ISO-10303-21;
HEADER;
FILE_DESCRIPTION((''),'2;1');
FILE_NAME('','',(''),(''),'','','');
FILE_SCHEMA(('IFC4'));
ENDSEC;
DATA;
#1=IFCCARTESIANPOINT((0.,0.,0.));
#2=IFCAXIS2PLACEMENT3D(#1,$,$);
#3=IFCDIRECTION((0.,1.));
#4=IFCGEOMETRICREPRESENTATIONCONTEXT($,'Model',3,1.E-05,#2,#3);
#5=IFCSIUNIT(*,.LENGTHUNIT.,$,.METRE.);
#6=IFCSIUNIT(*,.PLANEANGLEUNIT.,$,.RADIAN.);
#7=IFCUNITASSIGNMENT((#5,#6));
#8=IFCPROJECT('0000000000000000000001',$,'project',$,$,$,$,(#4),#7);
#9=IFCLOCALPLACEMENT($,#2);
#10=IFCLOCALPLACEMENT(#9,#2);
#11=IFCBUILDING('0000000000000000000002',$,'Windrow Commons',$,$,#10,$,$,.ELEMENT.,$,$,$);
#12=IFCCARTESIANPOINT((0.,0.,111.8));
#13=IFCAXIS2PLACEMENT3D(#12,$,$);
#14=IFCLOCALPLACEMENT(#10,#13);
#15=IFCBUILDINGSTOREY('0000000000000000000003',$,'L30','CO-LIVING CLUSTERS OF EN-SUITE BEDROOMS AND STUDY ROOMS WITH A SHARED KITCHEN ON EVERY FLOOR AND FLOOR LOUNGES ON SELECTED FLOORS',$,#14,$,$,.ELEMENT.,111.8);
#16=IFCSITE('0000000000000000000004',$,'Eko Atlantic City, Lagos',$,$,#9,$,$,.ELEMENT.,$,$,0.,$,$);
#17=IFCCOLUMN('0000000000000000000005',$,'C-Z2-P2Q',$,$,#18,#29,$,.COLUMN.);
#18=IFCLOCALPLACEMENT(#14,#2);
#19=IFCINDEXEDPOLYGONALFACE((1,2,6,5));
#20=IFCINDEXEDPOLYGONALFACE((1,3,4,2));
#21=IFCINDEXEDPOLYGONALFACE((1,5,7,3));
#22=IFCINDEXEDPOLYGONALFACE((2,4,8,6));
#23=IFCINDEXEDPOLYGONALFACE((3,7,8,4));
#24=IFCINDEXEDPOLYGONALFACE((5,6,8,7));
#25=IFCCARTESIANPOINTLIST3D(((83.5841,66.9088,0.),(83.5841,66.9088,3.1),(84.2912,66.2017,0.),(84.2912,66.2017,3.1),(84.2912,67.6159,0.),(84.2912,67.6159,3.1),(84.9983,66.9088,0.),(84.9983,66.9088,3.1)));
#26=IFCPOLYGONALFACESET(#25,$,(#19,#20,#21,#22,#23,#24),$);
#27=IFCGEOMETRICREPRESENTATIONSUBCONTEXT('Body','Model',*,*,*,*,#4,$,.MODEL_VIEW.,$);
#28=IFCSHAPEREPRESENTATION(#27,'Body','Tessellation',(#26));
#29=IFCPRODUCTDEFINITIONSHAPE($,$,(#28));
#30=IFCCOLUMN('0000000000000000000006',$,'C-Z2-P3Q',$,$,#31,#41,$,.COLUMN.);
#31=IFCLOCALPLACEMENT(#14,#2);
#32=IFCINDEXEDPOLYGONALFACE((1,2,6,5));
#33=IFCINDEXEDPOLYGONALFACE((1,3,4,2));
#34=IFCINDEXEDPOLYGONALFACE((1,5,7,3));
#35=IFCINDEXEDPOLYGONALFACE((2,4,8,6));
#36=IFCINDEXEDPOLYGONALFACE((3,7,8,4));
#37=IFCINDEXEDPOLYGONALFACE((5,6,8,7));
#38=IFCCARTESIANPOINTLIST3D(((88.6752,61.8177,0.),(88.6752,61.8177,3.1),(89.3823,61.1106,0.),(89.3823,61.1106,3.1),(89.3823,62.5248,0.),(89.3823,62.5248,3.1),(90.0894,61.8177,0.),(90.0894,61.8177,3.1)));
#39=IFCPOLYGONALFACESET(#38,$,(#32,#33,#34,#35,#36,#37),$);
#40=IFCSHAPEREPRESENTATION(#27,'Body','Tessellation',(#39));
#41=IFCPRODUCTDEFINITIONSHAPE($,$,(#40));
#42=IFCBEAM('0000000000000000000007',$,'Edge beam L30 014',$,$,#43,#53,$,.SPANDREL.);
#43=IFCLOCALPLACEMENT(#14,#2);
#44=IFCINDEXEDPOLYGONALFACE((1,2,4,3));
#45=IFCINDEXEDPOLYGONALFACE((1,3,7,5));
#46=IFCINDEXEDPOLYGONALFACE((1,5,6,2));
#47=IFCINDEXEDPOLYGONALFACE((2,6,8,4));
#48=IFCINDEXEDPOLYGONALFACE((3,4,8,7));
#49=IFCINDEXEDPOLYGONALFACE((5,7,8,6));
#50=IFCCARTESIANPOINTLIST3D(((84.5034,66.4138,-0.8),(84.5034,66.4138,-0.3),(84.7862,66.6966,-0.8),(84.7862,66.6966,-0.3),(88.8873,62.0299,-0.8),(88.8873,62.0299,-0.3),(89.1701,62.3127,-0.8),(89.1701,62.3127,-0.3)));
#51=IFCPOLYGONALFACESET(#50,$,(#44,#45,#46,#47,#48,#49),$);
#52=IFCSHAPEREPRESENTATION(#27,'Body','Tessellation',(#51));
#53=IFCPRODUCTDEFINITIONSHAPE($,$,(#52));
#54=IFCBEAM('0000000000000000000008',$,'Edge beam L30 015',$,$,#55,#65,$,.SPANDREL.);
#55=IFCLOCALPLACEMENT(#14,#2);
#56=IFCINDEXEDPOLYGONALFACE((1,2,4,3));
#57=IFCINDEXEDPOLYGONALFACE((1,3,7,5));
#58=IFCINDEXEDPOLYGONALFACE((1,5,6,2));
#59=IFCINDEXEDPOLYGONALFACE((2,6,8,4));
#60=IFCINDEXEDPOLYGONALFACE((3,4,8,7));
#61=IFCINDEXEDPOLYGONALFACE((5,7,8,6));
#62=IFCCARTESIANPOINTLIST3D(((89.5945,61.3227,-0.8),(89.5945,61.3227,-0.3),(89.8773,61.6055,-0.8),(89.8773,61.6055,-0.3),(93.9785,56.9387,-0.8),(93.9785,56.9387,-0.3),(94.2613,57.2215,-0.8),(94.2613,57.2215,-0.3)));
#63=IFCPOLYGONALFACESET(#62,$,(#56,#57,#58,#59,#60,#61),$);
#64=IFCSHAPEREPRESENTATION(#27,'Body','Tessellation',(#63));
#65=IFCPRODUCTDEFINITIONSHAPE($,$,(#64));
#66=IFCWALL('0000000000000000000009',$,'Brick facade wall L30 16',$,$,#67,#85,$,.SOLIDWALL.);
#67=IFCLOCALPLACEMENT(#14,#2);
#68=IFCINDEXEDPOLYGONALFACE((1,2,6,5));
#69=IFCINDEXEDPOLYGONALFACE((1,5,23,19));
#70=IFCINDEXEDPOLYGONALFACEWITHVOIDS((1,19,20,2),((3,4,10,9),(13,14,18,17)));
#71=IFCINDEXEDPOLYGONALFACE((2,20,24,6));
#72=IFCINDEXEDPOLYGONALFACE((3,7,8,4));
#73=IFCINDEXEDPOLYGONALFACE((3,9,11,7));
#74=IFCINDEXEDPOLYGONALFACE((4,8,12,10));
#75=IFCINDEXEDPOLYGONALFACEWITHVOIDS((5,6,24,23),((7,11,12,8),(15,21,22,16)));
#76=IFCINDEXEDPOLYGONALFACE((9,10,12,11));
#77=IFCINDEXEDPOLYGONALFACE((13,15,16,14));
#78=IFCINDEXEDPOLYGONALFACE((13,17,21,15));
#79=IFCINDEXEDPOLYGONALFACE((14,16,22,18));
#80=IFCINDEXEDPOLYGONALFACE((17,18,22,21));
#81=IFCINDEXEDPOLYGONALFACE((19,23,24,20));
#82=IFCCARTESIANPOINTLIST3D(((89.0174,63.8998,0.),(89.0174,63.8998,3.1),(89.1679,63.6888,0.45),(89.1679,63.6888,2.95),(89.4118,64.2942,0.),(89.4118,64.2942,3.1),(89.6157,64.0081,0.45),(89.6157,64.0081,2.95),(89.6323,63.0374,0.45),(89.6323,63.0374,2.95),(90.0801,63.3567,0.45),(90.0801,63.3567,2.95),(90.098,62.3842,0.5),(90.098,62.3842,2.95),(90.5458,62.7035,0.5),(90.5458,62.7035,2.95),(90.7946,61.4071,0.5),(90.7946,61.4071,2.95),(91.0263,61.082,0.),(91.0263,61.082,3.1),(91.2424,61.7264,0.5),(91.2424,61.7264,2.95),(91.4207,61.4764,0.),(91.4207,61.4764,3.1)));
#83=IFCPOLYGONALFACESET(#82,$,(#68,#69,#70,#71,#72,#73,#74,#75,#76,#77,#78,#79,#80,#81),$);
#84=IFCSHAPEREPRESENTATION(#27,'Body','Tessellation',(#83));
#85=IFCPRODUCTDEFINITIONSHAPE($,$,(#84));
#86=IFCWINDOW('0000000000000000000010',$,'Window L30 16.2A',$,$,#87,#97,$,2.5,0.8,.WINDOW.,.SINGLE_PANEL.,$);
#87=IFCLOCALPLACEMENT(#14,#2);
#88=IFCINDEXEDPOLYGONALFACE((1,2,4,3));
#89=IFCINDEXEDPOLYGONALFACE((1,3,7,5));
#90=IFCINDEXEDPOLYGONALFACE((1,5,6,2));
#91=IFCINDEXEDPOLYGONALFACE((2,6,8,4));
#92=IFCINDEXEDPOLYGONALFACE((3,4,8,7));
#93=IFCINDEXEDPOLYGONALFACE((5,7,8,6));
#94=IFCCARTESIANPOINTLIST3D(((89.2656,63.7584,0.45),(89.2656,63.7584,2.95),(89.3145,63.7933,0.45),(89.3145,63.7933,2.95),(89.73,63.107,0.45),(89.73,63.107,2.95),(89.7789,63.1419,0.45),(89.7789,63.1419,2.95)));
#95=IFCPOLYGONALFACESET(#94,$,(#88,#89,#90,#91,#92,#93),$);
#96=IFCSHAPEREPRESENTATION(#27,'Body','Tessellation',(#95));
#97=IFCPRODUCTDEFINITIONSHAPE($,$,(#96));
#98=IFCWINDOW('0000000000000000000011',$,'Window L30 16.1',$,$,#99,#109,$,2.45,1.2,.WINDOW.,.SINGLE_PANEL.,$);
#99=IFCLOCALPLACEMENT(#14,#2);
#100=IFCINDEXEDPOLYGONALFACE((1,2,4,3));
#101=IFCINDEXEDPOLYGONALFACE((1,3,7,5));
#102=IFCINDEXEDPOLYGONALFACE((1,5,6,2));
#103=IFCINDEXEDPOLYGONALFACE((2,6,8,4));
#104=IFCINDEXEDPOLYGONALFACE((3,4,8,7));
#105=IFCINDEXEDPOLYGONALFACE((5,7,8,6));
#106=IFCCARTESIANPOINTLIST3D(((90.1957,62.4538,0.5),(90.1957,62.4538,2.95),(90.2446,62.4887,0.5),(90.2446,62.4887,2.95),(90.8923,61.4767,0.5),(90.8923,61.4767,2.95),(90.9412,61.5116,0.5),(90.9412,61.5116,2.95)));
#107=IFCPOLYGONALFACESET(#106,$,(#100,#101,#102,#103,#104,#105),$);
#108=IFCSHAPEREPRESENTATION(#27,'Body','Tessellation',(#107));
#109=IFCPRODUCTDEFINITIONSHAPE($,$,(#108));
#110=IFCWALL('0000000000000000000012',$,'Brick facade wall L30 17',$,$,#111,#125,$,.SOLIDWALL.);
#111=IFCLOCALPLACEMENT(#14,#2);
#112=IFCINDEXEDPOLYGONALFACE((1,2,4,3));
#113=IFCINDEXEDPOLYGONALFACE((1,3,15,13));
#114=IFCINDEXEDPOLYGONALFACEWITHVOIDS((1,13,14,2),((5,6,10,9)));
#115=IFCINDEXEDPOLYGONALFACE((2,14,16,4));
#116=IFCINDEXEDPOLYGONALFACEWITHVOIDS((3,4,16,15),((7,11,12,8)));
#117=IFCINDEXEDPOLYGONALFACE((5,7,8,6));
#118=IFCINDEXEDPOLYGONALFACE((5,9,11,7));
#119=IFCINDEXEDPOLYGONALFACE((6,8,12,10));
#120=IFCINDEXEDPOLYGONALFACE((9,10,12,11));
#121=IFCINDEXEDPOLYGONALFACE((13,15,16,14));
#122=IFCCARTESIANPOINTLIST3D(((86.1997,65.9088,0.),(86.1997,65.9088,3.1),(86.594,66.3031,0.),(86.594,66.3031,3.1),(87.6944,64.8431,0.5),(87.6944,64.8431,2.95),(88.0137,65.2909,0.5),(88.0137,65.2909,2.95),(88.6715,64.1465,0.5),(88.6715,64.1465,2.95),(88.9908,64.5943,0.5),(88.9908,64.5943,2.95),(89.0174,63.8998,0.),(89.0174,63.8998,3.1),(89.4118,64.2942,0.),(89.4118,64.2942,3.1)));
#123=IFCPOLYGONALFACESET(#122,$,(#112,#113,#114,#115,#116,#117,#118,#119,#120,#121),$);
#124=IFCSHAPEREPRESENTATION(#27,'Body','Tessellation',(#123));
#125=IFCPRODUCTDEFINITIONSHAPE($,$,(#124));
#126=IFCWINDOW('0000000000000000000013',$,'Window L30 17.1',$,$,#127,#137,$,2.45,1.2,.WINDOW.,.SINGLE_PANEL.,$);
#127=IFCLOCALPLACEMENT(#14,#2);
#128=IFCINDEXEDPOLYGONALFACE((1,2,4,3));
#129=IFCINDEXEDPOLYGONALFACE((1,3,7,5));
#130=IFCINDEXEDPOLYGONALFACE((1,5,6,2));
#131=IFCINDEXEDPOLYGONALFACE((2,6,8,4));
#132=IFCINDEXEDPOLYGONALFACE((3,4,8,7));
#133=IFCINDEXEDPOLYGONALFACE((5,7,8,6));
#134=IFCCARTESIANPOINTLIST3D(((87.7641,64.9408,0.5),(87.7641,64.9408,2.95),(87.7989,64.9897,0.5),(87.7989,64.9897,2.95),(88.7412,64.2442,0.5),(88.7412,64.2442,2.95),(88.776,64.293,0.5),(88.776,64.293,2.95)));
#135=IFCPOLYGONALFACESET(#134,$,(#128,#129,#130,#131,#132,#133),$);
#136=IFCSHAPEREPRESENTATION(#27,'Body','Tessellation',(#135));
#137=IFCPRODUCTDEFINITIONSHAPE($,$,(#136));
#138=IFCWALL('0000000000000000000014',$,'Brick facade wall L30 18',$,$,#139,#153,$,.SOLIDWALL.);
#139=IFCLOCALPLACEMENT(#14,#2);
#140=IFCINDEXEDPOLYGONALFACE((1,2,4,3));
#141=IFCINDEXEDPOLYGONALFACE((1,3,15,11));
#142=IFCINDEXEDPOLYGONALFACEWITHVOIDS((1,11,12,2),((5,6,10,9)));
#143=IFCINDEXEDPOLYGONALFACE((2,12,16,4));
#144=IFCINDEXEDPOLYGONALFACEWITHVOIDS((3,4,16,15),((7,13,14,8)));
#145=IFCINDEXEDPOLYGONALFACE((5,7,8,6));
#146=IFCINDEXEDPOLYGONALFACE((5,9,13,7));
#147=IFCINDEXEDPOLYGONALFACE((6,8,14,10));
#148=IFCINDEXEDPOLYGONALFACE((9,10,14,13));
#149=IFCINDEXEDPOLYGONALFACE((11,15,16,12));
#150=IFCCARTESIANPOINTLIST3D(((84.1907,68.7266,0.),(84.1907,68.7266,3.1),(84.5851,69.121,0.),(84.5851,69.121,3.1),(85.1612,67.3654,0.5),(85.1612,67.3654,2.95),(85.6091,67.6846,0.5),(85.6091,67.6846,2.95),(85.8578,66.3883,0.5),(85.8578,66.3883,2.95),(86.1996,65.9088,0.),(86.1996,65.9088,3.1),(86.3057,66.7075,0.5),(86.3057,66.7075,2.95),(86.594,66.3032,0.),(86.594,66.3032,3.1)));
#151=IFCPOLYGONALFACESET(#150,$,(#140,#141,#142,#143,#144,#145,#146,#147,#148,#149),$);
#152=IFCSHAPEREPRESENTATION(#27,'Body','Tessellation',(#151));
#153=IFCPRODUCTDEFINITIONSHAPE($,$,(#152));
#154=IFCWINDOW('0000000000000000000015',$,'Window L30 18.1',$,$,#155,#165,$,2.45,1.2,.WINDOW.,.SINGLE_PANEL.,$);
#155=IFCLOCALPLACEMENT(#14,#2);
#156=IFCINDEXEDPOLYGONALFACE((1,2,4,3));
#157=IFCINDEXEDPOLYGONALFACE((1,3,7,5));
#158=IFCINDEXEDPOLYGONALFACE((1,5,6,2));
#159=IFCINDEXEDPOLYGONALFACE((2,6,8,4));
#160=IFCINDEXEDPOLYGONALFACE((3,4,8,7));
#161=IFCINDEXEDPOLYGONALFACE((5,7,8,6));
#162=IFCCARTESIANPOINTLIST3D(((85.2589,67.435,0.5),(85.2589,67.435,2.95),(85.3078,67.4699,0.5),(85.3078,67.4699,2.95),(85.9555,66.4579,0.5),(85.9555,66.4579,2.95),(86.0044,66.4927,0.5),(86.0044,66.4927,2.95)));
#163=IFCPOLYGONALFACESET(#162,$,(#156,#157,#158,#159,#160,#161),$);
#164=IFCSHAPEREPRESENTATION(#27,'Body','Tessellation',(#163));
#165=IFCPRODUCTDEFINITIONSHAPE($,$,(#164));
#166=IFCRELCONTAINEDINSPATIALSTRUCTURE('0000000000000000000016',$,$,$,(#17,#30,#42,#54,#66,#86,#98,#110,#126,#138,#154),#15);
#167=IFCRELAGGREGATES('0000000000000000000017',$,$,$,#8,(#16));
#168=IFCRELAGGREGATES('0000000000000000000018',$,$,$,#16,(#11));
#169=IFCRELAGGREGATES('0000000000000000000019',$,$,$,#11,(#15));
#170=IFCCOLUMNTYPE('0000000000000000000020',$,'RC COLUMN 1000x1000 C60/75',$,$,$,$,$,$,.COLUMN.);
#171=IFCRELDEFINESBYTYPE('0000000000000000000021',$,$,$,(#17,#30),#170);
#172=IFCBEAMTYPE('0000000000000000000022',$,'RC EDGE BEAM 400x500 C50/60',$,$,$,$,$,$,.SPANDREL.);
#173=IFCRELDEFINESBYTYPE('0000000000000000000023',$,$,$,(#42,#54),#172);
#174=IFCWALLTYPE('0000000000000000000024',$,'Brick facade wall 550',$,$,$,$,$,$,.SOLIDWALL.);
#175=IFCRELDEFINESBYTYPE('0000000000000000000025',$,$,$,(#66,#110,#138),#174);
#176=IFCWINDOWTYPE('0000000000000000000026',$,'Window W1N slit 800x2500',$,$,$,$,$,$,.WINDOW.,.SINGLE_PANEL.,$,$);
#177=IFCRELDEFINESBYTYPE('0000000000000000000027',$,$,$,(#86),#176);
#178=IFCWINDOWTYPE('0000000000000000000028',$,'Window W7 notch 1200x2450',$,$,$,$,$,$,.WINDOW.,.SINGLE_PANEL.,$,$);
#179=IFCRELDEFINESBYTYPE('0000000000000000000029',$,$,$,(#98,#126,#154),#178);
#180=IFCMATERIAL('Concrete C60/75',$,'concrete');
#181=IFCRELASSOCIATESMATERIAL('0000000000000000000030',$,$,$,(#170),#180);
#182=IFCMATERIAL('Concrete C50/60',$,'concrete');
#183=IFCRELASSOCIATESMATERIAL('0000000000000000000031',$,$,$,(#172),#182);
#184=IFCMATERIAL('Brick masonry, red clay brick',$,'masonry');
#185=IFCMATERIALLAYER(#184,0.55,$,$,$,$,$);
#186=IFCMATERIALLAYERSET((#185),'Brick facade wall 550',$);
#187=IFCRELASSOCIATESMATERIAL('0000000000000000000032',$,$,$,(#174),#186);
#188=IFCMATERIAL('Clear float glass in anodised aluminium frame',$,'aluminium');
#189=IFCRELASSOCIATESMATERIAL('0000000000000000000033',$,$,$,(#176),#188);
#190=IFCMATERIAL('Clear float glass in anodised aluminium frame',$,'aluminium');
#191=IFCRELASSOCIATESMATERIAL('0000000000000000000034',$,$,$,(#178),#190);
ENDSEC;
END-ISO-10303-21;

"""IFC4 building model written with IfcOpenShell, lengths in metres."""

from ifc_helpers import new_model, si_unit, direction, frame, frame_2d, origin, origin_2d, place, context, subcontext, project, spatial, polyline, rectangle, outline, extrude, material, layer, layer_set, material_profile, profile_set, type_object, element, fill, save


model = new_model("IFC4")

# Units and contexts
model_context = context("Model", 3, precision=1e-05, world=origin(), true_north=direction((0.0, 1.0)))
body_context = subcontext(model_context, "Body", "Model", "MODEL_VIEW")
ifc_project = project(units=[si_unit("LENGTHUNIT", "METRE"), si_unit("PLANEANGLEUNIT", "RADIAN")], contexts=[model_context])

# Site, building, storey
site_placement = place(None, origin())
site = spatial("IfcSite", under=ifc_project, at=site_placement, Name="Eko Atlantic City, Lagos", CompositionType="ELEMENT", RefElevation=0.0)
building_placement = place(site_placement, origin())
building = spatial("IfcBuilding", under=site, at=building_placement, Name="Windrow Commons", CompositionType="ELEMENT")
storey_placement = place(building_placement, frame((0.0, 0.0, 111.8)))
storey = spatial("IfcBuildingStorey", under=building, at=storey_placement, Name="L30", Description="CO-LIVING CLUSTERS OF EN-SUITE BEDROOMS AND STUDY ROOMS WITH A SHARED KITCHEN ON EVERY FLOOR AND FLOOR LOUNGES ON SELECTED FLOORS", CompositionType="ELEMENT", Elevation=111.8)

# Columns
ifc_material_1 = material(Name="Concrete C60/75", Category="concrete")
ifc_material_profile_1 = material_profile(ifc_material_1, rectangle(XDim=1.0, YDim=1.0, at=origin_2d()))
ifc_profile_set_1 = profile_set([ifc_material_profile_1], Name="Concrete C60/75")
column_type = type_object("IfcColumnType", Name="RC COLUMN 1000x1000 C60/75", PredefinedType="COLUMN", material=ifc_profile_set_1)
for number, where, z_axis, x_axis, name in (
    (1, (84.2912, 66.9088, 0.0), (0.0, 0.0, 1.0), (0.707107, -0.707107, 0.0), "C-Z2-P2Q"),
    (2, (89.3823, 61.8177, 0.0), (0.0, 0.0, 1.0), (0.707107, -0.707107, 0.0), "C-Z2-P3Q"),
):
    element("IfcColumn", number, at=place(storey_placement, frame(where, z_axis=z_axis, x_axis=x_axis)), inside=storey, type_object=column_type, Name=name, PredefinedType="COLUMN", context=body_context, shape_type="SweptSolid", body=[
        extrude(rectangle(XDim=1.0, YDim=1.0, at=origin_2d()), origin(), (0.0, 0.0, 1.0), 3.1),
    ])

# Beams
ifc_material_2 = material(Name="Concrete C50/60", Category="concrete")
ifc_material_profile_2 = material_profile(ifc_material_2, rectangle(XDim=0.4, YDim=0.5, at=origin_2d()))
ifc_profile_set_2 = profile_set([ifc_material_profile_2], Name="Concrete C50/60")
beam_type = type_object("IfcBeamType", Name="RC EDGE BEAM 400x500 C50/60", PredefinedType="SPANDREL", material=ifc_profile_set_2)
beam_1_placement = place(storey_placement, frame((84.6448, 66.5552, -0.55), z_axis=(0.707107, -0.707107, 0.0), x_axis=(0.707107, 0.707107, 0.0)))
element("IfcBeam", 3, at=beam_1_placement, inside=storey, type_object=beam_type, Name="Edge beam L30 014", PredefinedType="SPANDREL", context=body_context, shape_type="SweptSolid", body=[
    extrude(rectangle(XDim=0.4, YDim=0.5, at=origin_2d()), origin(), (0.0, 0.0, 1.0), 6.1998),
])
beam_2_placement = place(storey_placement, frame((89.7359, 61.4641, -0.55), z_axis=(0.707107, -0.707107, 0.0), x_axis=(0.707107, 0.707107, 0.0)))
element("IfcBeam", 4, at=beam_2_placement, inside=storey, type_object=beam_type, Name="Edge beam L30 015", PredefinedType="SPANDREL", context=body_context, shape_type="SweptSolid", body=[
    extrude(rectangle(XDim=0.4, YDim=0.5, at=origin_2d()), origin(), (0.0, 0.0, 1.0), 6.1999),
])

# Wall, openings, windows
ifc_material_3 = material(Name="Brick masonry, red clay brick", Category="masonry")
ifc_layer_1 = layer(ifc_material_3, 0.55)
ifc_layer_set_1 = layer_set([ifc_layer_1], Name="Brick facade wall 550")
wall_type_1 = type_object("IfcWallType", Name="Brick facade wall 550", PredefinedType="SOLIDWALL", material=ifc_layer_set_1)
wall_1_placement = place(storey_placement, frame((91.2235, 61.2792, 0.0), z_axis=(0.0, 0.0, 1.0), x_axis=(-0.580508, 0.814254, 0.0)))
wall_1 = element("IfcWall", 5, at=wall_1_placement, inside=storey, type_object=wall_type_1, Name="Brick facade wall L30 16", PredefinedType="SOLIDWALL", context=body_context, shape_type="SweptSolid", body=[
    extrude(outline(polyline([(0.0461, -0.275), (3.5067, -0.275), (3.4145, 0.275), (-0.0461, 0.275), (0.0461, -0.275)])), origin(), (0.0, 0.0, 1.0), 3.1),
])
opening_1_placement = place(wall_1_placement, frame((0.3531, 0.0, 0.5)))
opening_1 = element("IfcOpeningElement", 6, at=opening_1_placement, cuts=wall_1, PredefinedType="OPENING", context=body_context, shape_type="SweptSolid", body=[
    extrude(rectangle(XDim=1.2, YDim=2.45, at=frame_2d((0.6, 1.225))), frame((0.0, 0.285, 0.0), z_axis=(0.0, -1.0, 0.0), x_axis=(1.0, 0.0, 0.0)), (0.0, 0.0, 1.0), 0.57),
])
opening_2_placement = place(wall_1_placement, frame((2.3553, 0.0, 0.45)))
opening_2 = element("IfcOpeningElement", 7, at=opening_2_placement, cuts=wall_1, PredefinedType="OPENING", context=body_context, shape_type="SweptSolid", body=[
    extrude(rectangle(XDim=0.8, YDim=2.5, at=frame_2d((0.4, 1.25))), frame((0.0, 0.285, 0.0), z_axis=(0.0, -1.0, 0.0), x_axis=(1.0, 0.0, 0.0)), (0.0, 0.0, 1.0), 0.57),
])
ifc_material_4 = material(Name="Clear float glass in anodised aluminium frame", Category="aluminium")
window_type_1 = type_object("IfcWindowType", Name="Window W1N slit 800x2500", PartitioningType="SINGLE_PANEL", PredefinedType="WINDOW", material=ifc_material_4)
window_1_placement = place(opening_2_placement, origin())
window_1 = element("IfcWindow", 8, at=window_1_placement, inside=storey, type_object=window_type_1, Name="Window L30 16.2A", OverallHeight=2.5, OverallWidth=0.8, PartitioningType="SINGLE_PANEL", PredefinedType="WINDOW", context=body_context, shape_type="SweptSolid", body=[
    extrude(rectangle(XDim=0.8, YDim=2.5, at=frame_2d((0.4, 1.25))), frame((0.0, 0.155, 0.0), z_axis=(0.0, -1.0, 0.0), x_axis=(1.0, 0.0, 0.0)), (0.0, 0.0, 1.0), 0.06),
])
fill(opening_2, window_1)
ifc_material_5 = material(Name="Clear float glass in anodised aluminium frame", Category="aluminium")
window_type_2 = type_object("IfcWindowType", Name="Window W7 notch 1200x2450", PartitioningType="SINGLE_PANEL", PredefinedType="WINDOW", material=ifc_material_5)
window_2_placement = place(opening_1_placement, origin())
window_2 = element("IfcWindow", 9, at=window_2_placement, inside=storey, type_object=window_type_2, Name="Window L30 16.1", OverallHeight=2.45, OverallWidth=1.2, PartitioningType="SINGLE_PANEL", PredefinedType="WINDOW", context=body_context, shape_type="SweptSolid", body=[
    extrude(rectangle(XDim=1.2, YDim=2.45, at=frame_2d((0.6, 1.225))), frame((0.0, 0.155, 0.0), z_axis=(0.0, -1.0, 0.0), x_axis=(1.0, 0.0, 0.0)), (0.0, 0.0, 1.0), 0.06),
])
fill(opening_1, window_2)

# Walls, openings, windows
wall_2_placement = place(storey_placement, frame((89.2146, 64.097, 0.0), z_axis=(0.0, 0.0, 1.0), x_axis=(-0.814241, 0.580527, 0.0)))
wall_2 = element("IfcWall", 10, at=wall_2_placement, inside=storey, type_object=wall_type_1, Name="Brick facade wall L30 17", PredefinedType="SOLIDWALL", context=body_context, shape_type="SweptSolid", body=[
    extrude(outline(polyline([(-0.0461, -0.275), (3.4145, -0.275), (3.5067, 0.275), (0.0461, 0.275), (-0.0461, -0.275)])), origin(), (0.0, 0.0, 1.0), 3.1),
])
opening_3_placement = place(wall_2_placement, frame((0.4709, 0.0, 0.5)))
opening_3 = element("IfcOpeningElement", 11, at=opening_3_placement, cuts=wall_2, PredefinedType="OPENING", context=body_context, shape_type="SweptSolid", body=[
    extrude(rectangle(XDim=1.2, YDim=2.45, at=frame_2d((0.6, 1.225))), frame((0.0, 0.285, 0.0), z_axis=(0.0, -1.0, 0.0), x_axis=(1.0, 0.0, 0.0)), (0.0, 0.0, 1.0), 0.57),
])
window_3_placement = place(opening_3_placement, origin())
window_3 = element("IfcWindow", 12, at=window_3_placement, inside=storey, type_object=window_type_2, Name="Window L30 17.1", OverallHeight=2.45, OverallWidth=1.2, PartitioningType="SINGLE_PANEL", PredefinedType="WINDOW", context=body_context, shape_type="SweptSolid", body=[
    extrude(rectangle(XDim=1.2, YDim=2.45, at=frame_2d((0.6, 1.225))), frame((0.0, 0.155, 0.0), z_axis=(0.0, -1.0, 0.0), x_axis=(1.0, 0.0, 0.0)), (0.0, 0.0, 1.0), 0.06),
])
fill(opening_3, window_3)
wall_3_placement = place(storey_placement, frame((86.3968, 66.106, 0.0), z_axis=(0.0, 0.0, 1.0), x_axis=(-0.580508, 0.814254, 0.0)))
wall_3 = element("IfcWall", 13, at=wall_3_placement, inside=storey, type_object=wall_type_1, Name="Brick facade wall L30 18", PredefinedType="SOLIDWALL", context=body_context, shape_type="SweptSolid", body=[
    extrude(outline(polyline([(0.0461, -0.275), (3.5067, -0.275), (3.4145, 0.275), (-0.0461, 0.275), (0.0461, -0.275)])), origin(), (0.0, 0.0, 1.0), 3.1),
])
opening_4_placement = place(wall_3_placement, frame((0.5427, 0.0, 0.5)))
opening_4 = element("IfcOpeningElement", 14, at=opening_4_placement, cuts=wall_3, PredefinedType="OPENING", context=body_context, shape_type="SweptSolid", body=[
    extrude(rectangle(XDim=1.2, YDim=2.45, at=frame_2d((0.6, 1.225))), frame((0.0, 0.285, 0.0), z_axis=(0.0, -1.0, 0.0), x_axis=(1.0, 0.0, 0.0)), (0.0, 0.0, 1.0), 0.57),
])
window_4_placement = place(opening_4_placement, origin())
window_4 = element("IfcWindow", 15, at=window_4_placement, inside=storey, type_object=window_type_2, Name="Window L30 18.1", OverallHeight=2.45, OverallWidth=1.2, PartitioningType="SINGLE_PANEL", PredefinedType="WINDOW", context=body_context, shape_type="SweptSolid", body=[
    extrude(rectangle(XDim=1.2, YDim=2.45, at=frame_2d((0.6, 1.225))), frame((0.0, 0.155, 0.0), z_axis=(0.0, -1.0, 0.0), x_axis=(1.0, 0.0, 0.0)), (0.0, 0.0, 1.0), 0.06),
])
fill(opening_4, window_4)

save(model, "model.ifc")
